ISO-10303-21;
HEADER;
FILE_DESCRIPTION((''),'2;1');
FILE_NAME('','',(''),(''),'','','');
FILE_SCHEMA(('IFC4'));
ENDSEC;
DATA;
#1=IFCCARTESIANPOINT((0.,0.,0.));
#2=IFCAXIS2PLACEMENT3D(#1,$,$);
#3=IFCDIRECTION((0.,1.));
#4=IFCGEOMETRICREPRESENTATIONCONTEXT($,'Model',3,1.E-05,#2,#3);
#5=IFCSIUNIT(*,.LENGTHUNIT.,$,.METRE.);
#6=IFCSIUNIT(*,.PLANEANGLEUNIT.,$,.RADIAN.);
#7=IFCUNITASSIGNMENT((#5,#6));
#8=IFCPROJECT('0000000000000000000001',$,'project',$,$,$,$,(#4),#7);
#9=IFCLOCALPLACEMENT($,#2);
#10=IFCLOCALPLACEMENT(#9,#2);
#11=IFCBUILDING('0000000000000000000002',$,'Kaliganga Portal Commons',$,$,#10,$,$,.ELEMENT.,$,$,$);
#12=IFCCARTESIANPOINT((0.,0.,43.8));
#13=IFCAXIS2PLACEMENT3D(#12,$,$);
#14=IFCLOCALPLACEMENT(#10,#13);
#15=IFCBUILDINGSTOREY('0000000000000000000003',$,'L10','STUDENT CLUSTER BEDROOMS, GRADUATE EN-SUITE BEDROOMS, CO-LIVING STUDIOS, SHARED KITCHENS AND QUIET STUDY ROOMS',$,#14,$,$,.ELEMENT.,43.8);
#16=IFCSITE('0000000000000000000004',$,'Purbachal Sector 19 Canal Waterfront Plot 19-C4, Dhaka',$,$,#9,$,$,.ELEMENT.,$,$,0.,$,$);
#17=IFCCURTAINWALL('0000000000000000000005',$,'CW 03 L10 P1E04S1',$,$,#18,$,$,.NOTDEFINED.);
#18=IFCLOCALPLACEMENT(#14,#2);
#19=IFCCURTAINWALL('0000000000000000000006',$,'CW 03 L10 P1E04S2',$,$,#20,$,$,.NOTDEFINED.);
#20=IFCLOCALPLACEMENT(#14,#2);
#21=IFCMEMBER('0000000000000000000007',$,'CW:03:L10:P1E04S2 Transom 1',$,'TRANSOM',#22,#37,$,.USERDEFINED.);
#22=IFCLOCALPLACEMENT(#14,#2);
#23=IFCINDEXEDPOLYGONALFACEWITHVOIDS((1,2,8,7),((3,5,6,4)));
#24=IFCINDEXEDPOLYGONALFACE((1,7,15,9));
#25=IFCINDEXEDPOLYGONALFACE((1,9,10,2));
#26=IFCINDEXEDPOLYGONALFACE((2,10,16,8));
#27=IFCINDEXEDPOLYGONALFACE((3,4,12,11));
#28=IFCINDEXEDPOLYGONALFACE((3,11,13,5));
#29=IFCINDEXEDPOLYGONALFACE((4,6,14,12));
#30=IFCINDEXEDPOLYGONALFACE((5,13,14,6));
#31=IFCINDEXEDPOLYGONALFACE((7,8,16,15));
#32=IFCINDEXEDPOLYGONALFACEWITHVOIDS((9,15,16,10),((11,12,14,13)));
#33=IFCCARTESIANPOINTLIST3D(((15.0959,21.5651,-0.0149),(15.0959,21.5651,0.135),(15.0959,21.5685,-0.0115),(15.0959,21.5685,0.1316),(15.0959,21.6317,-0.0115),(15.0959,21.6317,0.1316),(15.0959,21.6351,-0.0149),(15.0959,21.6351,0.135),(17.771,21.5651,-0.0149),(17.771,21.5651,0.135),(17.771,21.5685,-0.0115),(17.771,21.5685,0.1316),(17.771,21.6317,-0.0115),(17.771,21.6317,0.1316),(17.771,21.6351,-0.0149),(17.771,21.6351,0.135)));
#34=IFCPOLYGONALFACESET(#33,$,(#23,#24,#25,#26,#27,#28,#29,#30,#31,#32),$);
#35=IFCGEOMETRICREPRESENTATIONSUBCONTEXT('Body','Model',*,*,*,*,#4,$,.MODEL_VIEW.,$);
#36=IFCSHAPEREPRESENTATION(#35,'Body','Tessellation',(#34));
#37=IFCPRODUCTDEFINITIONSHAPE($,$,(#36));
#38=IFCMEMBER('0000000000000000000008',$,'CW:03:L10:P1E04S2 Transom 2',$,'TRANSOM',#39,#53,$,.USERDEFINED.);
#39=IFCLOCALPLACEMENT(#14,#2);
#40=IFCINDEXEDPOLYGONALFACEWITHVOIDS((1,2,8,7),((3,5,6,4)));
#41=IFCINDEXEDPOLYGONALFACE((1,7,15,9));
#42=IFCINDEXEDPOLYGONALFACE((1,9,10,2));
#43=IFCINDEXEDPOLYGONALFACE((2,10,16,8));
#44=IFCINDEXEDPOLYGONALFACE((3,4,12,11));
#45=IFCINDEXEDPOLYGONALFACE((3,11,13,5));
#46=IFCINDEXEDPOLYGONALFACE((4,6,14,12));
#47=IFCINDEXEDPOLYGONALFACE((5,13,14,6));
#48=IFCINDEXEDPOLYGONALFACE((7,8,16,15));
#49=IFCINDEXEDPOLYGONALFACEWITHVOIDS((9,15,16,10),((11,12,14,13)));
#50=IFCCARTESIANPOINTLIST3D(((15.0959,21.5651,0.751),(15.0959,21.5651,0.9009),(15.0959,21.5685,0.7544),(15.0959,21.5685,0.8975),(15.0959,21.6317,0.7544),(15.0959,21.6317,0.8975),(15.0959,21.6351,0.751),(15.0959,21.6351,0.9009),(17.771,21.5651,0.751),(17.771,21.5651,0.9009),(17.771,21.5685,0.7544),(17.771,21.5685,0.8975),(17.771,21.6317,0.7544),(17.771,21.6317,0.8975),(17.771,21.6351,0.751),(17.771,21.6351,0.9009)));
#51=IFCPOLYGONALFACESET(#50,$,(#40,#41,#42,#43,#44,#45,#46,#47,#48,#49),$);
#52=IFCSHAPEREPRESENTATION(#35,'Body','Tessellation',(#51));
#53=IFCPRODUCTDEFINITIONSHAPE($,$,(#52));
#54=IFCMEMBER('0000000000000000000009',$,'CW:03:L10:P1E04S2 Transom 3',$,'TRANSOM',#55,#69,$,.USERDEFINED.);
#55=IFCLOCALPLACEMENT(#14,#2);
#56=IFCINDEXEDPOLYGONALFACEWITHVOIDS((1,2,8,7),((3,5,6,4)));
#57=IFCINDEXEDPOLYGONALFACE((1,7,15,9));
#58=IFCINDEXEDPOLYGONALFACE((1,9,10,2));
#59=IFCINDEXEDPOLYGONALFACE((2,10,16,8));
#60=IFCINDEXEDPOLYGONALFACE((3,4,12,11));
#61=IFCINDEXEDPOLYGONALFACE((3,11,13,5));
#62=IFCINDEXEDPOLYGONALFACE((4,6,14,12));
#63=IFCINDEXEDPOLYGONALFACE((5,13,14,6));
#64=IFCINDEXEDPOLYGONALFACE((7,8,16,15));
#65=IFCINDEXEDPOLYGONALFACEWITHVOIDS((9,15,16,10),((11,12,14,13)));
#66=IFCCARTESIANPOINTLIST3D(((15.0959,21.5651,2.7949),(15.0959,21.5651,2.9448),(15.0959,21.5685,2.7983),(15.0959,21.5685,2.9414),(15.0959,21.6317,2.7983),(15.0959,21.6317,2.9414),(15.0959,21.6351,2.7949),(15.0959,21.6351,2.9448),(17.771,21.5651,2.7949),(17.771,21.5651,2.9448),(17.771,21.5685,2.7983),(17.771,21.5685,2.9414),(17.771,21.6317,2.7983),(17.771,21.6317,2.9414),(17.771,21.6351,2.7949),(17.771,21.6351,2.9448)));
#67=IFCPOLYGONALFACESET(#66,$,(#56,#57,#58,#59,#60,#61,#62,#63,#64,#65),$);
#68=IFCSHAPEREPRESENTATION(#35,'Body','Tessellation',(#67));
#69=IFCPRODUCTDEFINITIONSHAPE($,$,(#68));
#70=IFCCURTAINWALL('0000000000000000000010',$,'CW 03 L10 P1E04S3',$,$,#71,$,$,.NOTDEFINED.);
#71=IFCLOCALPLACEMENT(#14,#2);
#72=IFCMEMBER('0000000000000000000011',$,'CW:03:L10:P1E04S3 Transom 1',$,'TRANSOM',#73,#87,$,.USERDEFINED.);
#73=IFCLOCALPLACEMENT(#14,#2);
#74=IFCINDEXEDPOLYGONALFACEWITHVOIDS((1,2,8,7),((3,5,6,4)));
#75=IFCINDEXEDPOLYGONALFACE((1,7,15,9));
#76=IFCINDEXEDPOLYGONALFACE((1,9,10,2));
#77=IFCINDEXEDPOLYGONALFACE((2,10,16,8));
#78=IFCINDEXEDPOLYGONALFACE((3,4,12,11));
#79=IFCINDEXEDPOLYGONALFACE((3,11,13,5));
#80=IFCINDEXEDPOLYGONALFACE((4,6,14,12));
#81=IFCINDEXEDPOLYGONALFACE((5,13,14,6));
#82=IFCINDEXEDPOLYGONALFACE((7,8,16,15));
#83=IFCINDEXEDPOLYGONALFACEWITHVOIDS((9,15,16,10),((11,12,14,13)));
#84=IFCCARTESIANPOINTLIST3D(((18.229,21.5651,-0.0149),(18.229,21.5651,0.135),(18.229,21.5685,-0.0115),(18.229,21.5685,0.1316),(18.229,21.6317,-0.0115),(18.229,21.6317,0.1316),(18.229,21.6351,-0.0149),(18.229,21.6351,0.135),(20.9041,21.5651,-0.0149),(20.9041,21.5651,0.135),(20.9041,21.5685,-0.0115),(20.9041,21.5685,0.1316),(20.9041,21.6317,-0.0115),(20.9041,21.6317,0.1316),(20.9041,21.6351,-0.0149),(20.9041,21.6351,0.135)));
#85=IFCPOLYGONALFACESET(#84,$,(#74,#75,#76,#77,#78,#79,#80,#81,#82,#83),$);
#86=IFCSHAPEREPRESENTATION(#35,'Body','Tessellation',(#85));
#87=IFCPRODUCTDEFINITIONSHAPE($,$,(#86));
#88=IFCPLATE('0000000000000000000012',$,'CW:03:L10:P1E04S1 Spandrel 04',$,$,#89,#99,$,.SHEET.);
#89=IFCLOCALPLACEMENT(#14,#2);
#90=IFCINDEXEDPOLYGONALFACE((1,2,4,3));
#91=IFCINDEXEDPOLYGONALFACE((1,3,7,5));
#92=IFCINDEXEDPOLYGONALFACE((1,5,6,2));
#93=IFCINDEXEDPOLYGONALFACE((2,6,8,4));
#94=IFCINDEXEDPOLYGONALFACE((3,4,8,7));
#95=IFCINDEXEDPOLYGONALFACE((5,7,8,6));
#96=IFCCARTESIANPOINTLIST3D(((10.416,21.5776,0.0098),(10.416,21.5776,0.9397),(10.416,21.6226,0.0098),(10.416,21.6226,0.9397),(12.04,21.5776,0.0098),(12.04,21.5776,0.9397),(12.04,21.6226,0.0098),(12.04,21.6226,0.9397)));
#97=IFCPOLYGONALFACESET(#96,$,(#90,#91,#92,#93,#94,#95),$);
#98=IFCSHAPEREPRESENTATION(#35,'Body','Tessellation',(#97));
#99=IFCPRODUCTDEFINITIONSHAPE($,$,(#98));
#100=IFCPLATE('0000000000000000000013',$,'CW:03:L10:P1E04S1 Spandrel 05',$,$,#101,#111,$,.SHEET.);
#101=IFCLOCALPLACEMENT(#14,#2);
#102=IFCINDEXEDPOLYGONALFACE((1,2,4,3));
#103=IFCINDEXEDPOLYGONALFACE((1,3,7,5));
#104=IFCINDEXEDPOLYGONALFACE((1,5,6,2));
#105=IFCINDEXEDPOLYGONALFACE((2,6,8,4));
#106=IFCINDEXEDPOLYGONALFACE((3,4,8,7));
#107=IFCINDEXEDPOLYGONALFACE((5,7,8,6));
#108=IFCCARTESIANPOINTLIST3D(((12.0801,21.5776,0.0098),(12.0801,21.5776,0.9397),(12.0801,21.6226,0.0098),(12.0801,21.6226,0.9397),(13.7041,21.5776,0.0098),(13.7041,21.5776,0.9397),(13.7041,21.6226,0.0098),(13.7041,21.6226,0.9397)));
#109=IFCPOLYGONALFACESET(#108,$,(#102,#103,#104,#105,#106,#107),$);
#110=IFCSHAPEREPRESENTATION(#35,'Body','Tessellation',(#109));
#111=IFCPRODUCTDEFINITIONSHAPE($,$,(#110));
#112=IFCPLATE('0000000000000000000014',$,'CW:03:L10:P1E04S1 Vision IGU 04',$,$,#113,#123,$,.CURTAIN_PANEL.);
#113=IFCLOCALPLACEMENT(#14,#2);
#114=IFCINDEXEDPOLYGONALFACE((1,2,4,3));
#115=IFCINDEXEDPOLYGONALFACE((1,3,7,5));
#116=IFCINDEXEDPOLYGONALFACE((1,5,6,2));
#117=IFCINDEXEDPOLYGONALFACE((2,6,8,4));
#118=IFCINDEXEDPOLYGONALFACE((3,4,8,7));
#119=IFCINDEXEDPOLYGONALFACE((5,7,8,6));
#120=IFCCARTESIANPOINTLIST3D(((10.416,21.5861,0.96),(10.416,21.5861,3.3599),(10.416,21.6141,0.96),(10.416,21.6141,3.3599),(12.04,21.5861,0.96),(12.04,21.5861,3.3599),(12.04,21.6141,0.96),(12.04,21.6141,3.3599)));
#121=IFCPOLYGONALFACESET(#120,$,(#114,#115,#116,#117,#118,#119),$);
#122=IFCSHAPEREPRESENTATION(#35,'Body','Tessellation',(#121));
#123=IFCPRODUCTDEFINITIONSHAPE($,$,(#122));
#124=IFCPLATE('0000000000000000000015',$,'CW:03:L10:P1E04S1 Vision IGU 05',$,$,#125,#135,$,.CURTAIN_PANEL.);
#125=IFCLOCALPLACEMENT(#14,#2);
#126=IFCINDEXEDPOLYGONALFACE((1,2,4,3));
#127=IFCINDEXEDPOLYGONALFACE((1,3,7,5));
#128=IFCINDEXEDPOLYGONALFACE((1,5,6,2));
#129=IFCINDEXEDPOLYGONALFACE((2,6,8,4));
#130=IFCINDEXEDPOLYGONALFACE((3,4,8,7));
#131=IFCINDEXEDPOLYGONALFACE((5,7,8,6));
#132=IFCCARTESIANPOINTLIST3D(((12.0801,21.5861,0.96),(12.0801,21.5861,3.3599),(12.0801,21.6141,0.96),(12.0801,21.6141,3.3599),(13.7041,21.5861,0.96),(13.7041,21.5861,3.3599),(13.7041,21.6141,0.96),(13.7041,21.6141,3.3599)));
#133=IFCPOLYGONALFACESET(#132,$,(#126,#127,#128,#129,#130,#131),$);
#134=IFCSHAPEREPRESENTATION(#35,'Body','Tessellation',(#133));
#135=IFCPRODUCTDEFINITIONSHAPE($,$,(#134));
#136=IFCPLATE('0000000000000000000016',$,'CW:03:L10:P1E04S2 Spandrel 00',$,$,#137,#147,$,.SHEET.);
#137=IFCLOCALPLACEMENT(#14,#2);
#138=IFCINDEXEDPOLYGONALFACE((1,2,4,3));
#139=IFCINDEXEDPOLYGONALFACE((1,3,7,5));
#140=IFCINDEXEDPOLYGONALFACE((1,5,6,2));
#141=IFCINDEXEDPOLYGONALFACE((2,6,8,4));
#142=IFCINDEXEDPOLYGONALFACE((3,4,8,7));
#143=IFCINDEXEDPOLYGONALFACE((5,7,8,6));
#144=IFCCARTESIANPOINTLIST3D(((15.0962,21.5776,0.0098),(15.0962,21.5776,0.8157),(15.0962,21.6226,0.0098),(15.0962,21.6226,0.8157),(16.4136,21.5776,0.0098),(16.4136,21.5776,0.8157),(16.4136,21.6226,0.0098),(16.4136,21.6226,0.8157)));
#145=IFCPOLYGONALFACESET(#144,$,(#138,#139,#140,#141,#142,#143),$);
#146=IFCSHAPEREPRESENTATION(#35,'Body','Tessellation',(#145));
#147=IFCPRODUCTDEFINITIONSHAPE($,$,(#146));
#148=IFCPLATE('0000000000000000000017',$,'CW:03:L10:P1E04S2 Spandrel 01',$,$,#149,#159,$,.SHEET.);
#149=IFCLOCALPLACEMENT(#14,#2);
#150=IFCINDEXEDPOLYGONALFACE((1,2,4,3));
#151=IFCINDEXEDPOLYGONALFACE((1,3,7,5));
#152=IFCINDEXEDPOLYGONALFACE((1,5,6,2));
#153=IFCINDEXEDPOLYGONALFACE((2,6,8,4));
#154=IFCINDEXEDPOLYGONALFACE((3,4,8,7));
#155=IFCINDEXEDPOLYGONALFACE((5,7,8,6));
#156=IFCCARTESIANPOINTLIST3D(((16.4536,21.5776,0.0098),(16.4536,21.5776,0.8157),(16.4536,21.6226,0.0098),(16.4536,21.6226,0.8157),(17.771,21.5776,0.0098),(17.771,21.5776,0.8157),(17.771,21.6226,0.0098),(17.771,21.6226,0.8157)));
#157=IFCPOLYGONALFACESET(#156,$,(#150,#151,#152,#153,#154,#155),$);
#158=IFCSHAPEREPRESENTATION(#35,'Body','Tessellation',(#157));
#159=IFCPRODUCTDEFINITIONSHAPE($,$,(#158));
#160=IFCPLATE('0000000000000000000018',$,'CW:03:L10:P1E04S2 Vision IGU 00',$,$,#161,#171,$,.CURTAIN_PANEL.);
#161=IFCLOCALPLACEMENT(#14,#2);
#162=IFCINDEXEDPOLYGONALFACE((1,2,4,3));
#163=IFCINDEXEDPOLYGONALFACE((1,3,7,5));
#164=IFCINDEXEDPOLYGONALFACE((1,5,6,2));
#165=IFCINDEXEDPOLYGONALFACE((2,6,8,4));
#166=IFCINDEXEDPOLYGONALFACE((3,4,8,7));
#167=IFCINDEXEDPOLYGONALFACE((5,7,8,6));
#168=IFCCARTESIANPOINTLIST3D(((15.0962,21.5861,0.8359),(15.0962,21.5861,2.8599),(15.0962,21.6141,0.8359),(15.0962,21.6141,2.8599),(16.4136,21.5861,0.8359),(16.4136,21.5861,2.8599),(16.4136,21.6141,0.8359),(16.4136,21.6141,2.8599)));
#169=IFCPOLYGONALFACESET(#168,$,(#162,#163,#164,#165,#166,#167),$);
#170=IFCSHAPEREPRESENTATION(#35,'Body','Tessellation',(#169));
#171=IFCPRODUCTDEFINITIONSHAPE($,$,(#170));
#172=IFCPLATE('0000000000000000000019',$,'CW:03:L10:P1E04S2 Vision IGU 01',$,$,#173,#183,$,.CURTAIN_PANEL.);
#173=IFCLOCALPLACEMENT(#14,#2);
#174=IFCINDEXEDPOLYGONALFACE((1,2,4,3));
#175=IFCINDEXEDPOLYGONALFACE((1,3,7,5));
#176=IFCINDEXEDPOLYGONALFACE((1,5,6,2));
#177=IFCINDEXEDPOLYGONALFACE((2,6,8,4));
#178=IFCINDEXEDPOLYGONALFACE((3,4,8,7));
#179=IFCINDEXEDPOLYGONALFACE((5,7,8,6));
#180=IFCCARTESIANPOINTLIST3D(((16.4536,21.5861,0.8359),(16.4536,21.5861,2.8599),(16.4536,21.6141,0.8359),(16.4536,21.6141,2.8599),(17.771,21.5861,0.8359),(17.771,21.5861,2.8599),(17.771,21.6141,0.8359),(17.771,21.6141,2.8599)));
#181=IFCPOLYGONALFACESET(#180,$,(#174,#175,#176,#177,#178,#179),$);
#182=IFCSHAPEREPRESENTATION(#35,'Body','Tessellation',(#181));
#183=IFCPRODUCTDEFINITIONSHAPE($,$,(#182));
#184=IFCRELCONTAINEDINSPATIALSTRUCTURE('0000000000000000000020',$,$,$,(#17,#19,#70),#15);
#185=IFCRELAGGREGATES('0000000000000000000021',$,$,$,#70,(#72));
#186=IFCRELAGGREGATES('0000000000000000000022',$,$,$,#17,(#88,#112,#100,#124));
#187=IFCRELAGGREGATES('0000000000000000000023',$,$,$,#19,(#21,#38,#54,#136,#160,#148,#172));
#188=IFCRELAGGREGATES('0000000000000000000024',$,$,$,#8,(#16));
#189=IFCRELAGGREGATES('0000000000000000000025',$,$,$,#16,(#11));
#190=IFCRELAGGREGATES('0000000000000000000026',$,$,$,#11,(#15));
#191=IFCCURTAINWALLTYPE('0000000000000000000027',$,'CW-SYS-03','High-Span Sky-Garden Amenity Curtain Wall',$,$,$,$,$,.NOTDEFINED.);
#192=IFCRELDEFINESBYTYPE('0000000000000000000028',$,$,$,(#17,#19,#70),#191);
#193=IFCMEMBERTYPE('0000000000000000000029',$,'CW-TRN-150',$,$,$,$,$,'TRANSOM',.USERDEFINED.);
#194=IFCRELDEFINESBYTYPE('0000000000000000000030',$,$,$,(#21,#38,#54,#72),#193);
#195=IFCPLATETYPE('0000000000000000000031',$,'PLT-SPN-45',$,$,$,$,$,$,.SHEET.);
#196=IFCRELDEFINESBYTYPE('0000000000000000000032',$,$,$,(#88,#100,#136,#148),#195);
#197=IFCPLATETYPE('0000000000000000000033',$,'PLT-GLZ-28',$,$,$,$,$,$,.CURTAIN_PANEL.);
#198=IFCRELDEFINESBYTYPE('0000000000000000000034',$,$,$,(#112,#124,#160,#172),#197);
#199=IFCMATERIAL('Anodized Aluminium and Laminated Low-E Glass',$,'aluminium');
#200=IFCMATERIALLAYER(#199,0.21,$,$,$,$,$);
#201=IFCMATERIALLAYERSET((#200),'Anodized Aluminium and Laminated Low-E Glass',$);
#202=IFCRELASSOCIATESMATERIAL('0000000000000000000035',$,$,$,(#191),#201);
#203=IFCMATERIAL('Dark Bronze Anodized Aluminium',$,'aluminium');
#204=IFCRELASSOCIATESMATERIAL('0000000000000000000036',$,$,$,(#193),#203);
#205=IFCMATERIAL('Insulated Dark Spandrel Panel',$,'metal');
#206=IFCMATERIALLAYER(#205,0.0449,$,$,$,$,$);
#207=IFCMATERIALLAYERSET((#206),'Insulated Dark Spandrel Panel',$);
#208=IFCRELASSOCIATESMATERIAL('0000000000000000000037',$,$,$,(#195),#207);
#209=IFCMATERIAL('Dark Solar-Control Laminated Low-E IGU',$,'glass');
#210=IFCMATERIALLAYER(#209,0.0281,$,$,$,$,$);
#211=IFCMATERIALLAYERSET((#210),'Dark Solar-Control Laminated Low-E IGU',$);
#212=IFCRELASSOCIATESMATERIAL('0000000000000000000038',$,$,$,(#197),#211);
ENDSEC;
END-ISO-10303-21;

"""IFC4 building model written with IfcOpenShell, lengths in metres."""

from ifc_helpers import new_model, si_unit, direction, frame, origin, origin_2d, place, context, subcontext, project, spatial, rectangle, hollow_rectangle, extrude, source, transform, mapped, material, layer, layer_set, material_profile, profile_set, type_object, element, aggregate, save


model = new_model("IFC4")

# Units and contexts
model_context = context("Model", 3, precision=1e-05, world=origin(), true_north=direction((0.0, 1.0)))
body_context = subcontext(model_context, "Body", "Model", "MODEL_VIEW")
ifc_project = project(units=[si_unit("LENGTHUNIT", "METRE"), si_unit("PLANEANGLEUNIT", "RADIAN")], contexts=[model_context])

# Site, building, storey
site_placement = place(None, origin())
site = spatial("IfcSite", under=ifc_project, at=site_placement, Name="Purbachal Sector 19 Canal Waterfront Plot 19-C4, Dhaka", CompositionType="ELEMENT", RefElevation=0.0)
building_placement = place(site_placement, origin())
building = spatial("IfcBuilding", under=site, at=building_placement, Name="Kaliganga Portal Commons", CompositionType="ELEMENT")
storey_placement = place(building_placement, frame((0.0, 0.0, 43.8)))
storey = spatial("IfcBuildingStorey", under=building, at=storey_placement, Name="L10", Description="STUDENT CLUSTER BEDROOMS, GRADUATE EN-SUITE BEDROOMS, CO-LIVING STUDIOS, SHARED KITCHENS AND QUIET STUDY ROOMS", CompositionType="ELEMENT", Elevation=43.8)

# Curtain walls, members
ifc_material_1 = material(Name="Anodized Aluminium and Laminated Low-E Glass", Category="aluminium")
ifc_layer_1 = layer(ifc_material_1, 0.21)
ifc_layer_set_1 = layer_set([ifc_layer_1], Name="Anodized Aluminium and Laminated Low-E Glass")
curtain_wall_type = type_object("IfcCurtainWallType", Name="CW-SYS-03", Description="High-Span Sky-Garden Amenity Curtain Wall", PredefinedType="NOTDEFINED", material=ifc_layer_set_1)
curtain_wall_1_placement = place(storey_placement, origin())
curtain_wall_1 = element("IfcCurtainWall", 1, at=curtain_wall_1_placement, inside=storey, type_object=curtain_wall_type, Name="CW 03 L10 P1E04S1", PredefinedType="NOTDEFINED")
ifc_material_2 = material(Name="Dark Bronze Anodized Aluminium", Category="aluminium")
curtain_wall_2_placement = place(storey_placement, origin())
curtain_wall_2 = element("IfcCurtainWall", 2, at=curtain_wall_2_placement, inside=storey, type_object=curtain_wall_type, Name="CW 03 L10 P1E04S2", PredefinedType="NOTDEFINED")
ifc_material_profile_1 = material_profile(ifc_material_2, hollow_rectangle(XDim=0.0701, YDim=0.1499, WallThickness=0.0034, at=origin_2d()), Name="ALU TRAN 70x150x3.5")
ifc_profile_set_1 = profile_set([ifc_material_profile_1], Name="Dark Bronze Anodized Aluminium")
member_type_1 = type_object("IfcMemberType", Name="CW-TRN-150", ElementType="TRANSOM", PredefinedType="USERDEFINED", material=ifc_profile_set_1)
shared_shape_1 = source(origin(), body_context, "Body", "SweptSolid", [
    extrude(hollow_rectangle(XDim=0.0701, YDim=0.1499, WallThickness=0.0034, at=origin_2d()), origin(), (0.0, 0.0, 1.0), 2.675),
])
member_1_placement = place(storey_placement, frame((15.0959, 21.6001, 0.0601), z_axis=(1.0, 0.0, 0.0), x_axis=(0.0, 1.0, 0.0)))
member_1 = element("IfcMember", 3, at=member_1_placement, type_object=member_type_1, Name="CW:03:L10:P1E04S2 Transom 1", ObjectType="TRANSOM", PredefinedType="USERDEFINED", context=body_context, shape_type="MappedRepresentation", body=[
    mapped(shared_shape_1, transform((0.0, 0.0, 0.0), x_axis=(1.0, 0.0, 0.0), y_axis=(0.0, 1.0, 0.0), z_axis=(0.0, 0.0, 1.0), scale=1.0)),
])
member_2_placement = place(storey_placement, frame((15.0959, 21.6001, 0.8259), z_axis=(1.0, 0.0, 0.0), x_axis=(0.0, 1.0, 0.0)))
member_2 = element("IfcMember", 4, at=member_2_placement, type_object=member_type_1, Name="CW:03:L10:P1E04S2 Transom 2", ObjectType="TRANSOM", PredefinedType="USERDEFINED", context=body_context, shape_type="MappedRepresentation", body=[
    mapped(shared_shape_1, transform((0.0, 0.0, 0.0), x_axis=(1.0, 0.0, 0.0), y_axis=(0.0, 1.0, 0.0), z_axis=(0.0, 0.0, 1.0), scale=1.0)),
])
member_3_placement = place(storey_placement, frame((15.0959, 21.6001, 2.8699), z_axis=(1.0, 0.0, 0.0), x_axis=(0.0, 1.0, 0.0)))
member_3 = element("IfcMember", 5, at=member_3_placement, type_object=member_type_1, Name="CW:03:L10:P1E04S2 Transom 3", ObjectType="TRANSOM", PredefinedType="USERDEFINED", context=body_context, shape_type="MappedRepresentation", body=[
    mapped(shared_shape_1, transform((0.0, 0.0, 0.0), x_axis=(1.0, 0.0, 0.0), y_axis=(0.0, 1.0, 0.0), z_axis=(0.0, 0.0, 1.0), scale=1.0)),
])

# Curtain wall, member
curtain_wall_3_placement = place(storey_placement, origin())
curtain_wall_3 = element("IfcCurtainWall", 6, at=curtain_wall_3_placement, inside=storey, type_object=curtain_wall_type, Name="CW 03 L10 P1E04S3", PredefinedType="NOTDEFINED")
member_4_placement = place(storey_placement, frame((18.229, 21.6001, 0.0601), z_axis=(1.0, 0.0, 0.0), x_axis=(0.0, 1.0, 0.0)))
member_4 = element("IfcMember", 7, at=member_4_placement, type_object=member_type_1, Name="CW:03:L10:P1E04S3 Transom 1", ObjectType="TRANSOM", PredefinedType="USERDEFINED", context=body_context, shape_type="MappedRepresentation", body=[
    mapped(shared_shape_1, transform((0.0, 0.0, 0.0), x_axis=(1.0, 0.0, 0.0), y_axis=(0.0, 1.0, 0.0), z_axis=(0.0, 0.0, 1.0), scale=1.0)),
])
aggregate(curtain_wall_3, [member_4])

# Plates
ifc_material_3 = material(Name="Insulated Dark Spandrel Panel", Category="metal")
ifc_layer_2 = layer(ifc_material_3, 0.0449)
ifc_layer_set_2 = layer_set([ifc_layer_2], Name="Insulated Dark Spandrel Panel")
plate_type_1 = type_object("IfcPlateType", Name="PLT-SPN-45", PredefinedType="SHEET", material=ifc_layer_set_2)
shared_shape_2 = source(origin(), body_context, "Body", "SweptSolid", [
    extrude(rectangle(XDim=1.624, YDim=0.0449, at=origin_2d()), origin(), (0.0, 0.0, 1.0), 0.9299),
])
plate_1_placement = place(storey_placement, frame((11.228, 21.6001, 0.0098), z_axis=(0.0, 0.0, 1.0), x_axis=(1.0, 0.0, 0.0)))
plate_1 = element("IfcPlate", 8, at=plate_1_placement, type_object=plate_type_1, Name="CW:03:L10:P1E04S1 Spandrel 04", PredefinedType="SHEET", context=body_context, shape_type="MappedRepresentation", body=[
    mapped(shared_shape_2, transform((0.0, 0.0, 0.0), x_axis=(1.0, 0.0, 0.0), y_axis=(0.0, 1.0, 0.0), z_axis=(0.0, 0.0, 1.0), scale=1.0)),
])
plate_2_placement = place(storey_placement, frame((12.8921, 21.6001, 0.0098), z_axis=(0.0, 0.0, 1.0), x_axis=(1.0, 0.0, 0.0)))
plate_2 = element("IfcPlate", 9, at=plate_2_placement, type_object=plate_type_1, Name="CW:03:L10:P1E04S1 Spandrel 05", PredefinedType="SHEET", context=body_context, shape_type="MappedRepresentation", body=[
    mapped(shared_shape_2, transform((0.0, 0.0, 0.0), x_axis=(1.0, 0.0, 0.0), y_axis=(0.0, 1.0, 0.0), z_axis=(0.0, 0.0, 1.0), scale=1.0)),
])
ifc_material_4 = material(Name="Dark Solar-Control Laminated Low-E IGU", Category="glass")
ifc_layer_3 = layer(ifc_material_4, 0.0281)
ifc_layer_set_3 = layer_set([ifc_layer_3], Name="Dark Solar-Control Laminated Low-E IGU")
plate_type_2 = type_object("IfcPlateType", Name="PLT-GLZ-28", PredefinedType="CURTAIN_PANEL", material=ifc_layer_set_3)
shared_shape_3 = source(origin(), body_context, "Body", "SweptSolid", [
    extrude(rectangle(XDim=1.624, YDim=0.0281, at=origin_2d()), origin(), (0.0, 0.0, 1.0), 2.3999),
])
plate_3_placement = place(storey_placement, frame((11.228, 21.6001, 0.96), z_axis=(0.0, 0.0, 1.0), x_axis=(1.0, 0.0, 0.0)))
plate_3 = element("IfcPlate", 10, at=plate_3_placement, type_object=plate_type_2, Name="CW:03:L10:P1E04S1 Vision IGU 04", PredefinedType="CURTAIN_PANEL", context=body_context, shape_type="MappedRepresentation", body=[
    mapped(shared_shape_3, transform((0.0, 0.0, 0.0), x_axis=(1.0, 0.0, 0.0), y_axis=(0.0, 1.0, 0.0), z_axis=(0.0, 0.0, 1.0), scale=1.0)),
])
plate_4_placement = place(storey_placement, frame((12.8921, 21.6001, 0.96), z_axis=(0.0, 0.0, 1.0), x_axis=(1.0, 0.0, 0.0)))
plate_4 = element("IfcPlate", 11, at=plate_4_placement, type_object=plate_type_2, Name="CW:03:L10:P1E04S1 Vision IGU 05", PredefinedType="CURTAIN_PANEL", context=body_context, shape_type="MappedRepresentation", body=[
    mapped(shared_shape_3, transform((0.0, 0.0, 0.0), x_axis=(1.0, 0.0, 0.0), y_axis=(0.0, 1.0, 0.0), z_axis=(0.0, 0.0, 1.0), scale=1.0)),
])
aggregate(curtain_wall_1, [plate_1, plate_3, plate_2, plate_4])
shared_shape_4 = source(origin(), body_context, "Body", "SweptSolid", [
    extrude(rectangle(XDim=1.3174, YDim=0.0449, at=origin_2d()), origin(), (0.0, 0.0, 1.0), 0.8059),
])
plate_5_placement = place(storey_placement, frame((15.7549, 21.6001, 0.0098), z_axis=(0.0, 0.0, 1.0), x_axis=(1.0, 0.0, 0.0)))
plate_5 = element("IfcPlate", 12, at=plate_5_placement, type_object=plate_type_1, Name="CW:03:L10:P1E04S2 Spandrel 00", PredefinedType="SHEET", context=body_context, shape_type="MappedRepresentation", body=[
    mapped(shared_shape_4, transform((0.0, 0.0, 0.0), x_axis=(1.0, 0.0, 0.0), y_axis=(0.0, 1.0, 0.0), z_axis=(0.0, 0.0, 1.0), scale=1.0)),
])
plate_6_placement = place(storey_placement, frame((17.1123, 21.6001, 0.0098), z_axis=(0.0, 0.0, 1.0), x_axis=(1.0, 0.0, 0.0)))
plate_6 = element("IfcPlate", 13, at=plate_6_placement, type_object=plate_type_1, Name="CW:03:L10:P1E04S2 Spandrel 01", PredefinedType="SHEET", context=body_context, shape_type="MappedRepresentation", body=[
    mapped(shared_shape_4, transform((0.0, 0.0, 0.0), x_axis=(1.0, 0.0, 0.0), y_axis=(0.0, 1.0, 0.0), z_axis=(0.0, 0.0, 1.0), scale=1.0)),
])
shared_shape_5 = source(origin(), body_context, "Body", "SweptSolid", [
    extrude(rectangle(XDim=1.3174, YDim=0.0281, at=origin_2d()), origin(), (0.0, 0.0, 1.0), 2.0239),
])
plate_7_placement = place(storey_placement, frame((15.7549, 21.6001, 0.8359), z_axis=(0.0, 0.0, 1.0), x_axis=(1.0, 0.0, 0.0)))
plate_7 = element("IfcPlate", 14, at=plate_7_placement, type_object=plate_type_2, Name="CW:03:L10:P1E04S2 Vision IGU 00", PredefinedType="CURTAIN_PANEL", context=body_context, shape_type="MappedRepresentation", body=[
    mapped(shared_shape_5, transform((0.0, 0.0, 0.0), x_axis=(1.0, 0.0, 0.0), y_axis=(0.0, 1.0, 0.0), z_axis=(0.0, 0.0, 1.0), scale=1.0)),
])
plate_8_placement = place(storey_placement, frame((17.1123, 21.6001, 0.8359), z_axis=(0.0, 0.0, 1.0), x_axis=(1.0, 0.0, 0.0)))
plate_8 = element("IfcPlate", 15, at=plate_8_placement, type_object=plate_type_2, Name="CW:03:L10:P1E04S2 Vision IGU 01", PredefinedType="CURTAIN_PANEL", context=body_context, shape_type="MappedRepresentation", body=[
    mapped(shared_shape_5, transform((0.0, 0.0, 0.0), x_axis=(1.0, 0.0, 0.0), y_axis=(0.0, 1.0, 0.0), z_axis=(0.0, 0.0, 1.0), scale=1.0)),
])
aggregate(curtain_wall_2, [member_1, member_2, member_3, plate_5, plate_7, plate_6, plate_8])

save(model, "model.ifc")
